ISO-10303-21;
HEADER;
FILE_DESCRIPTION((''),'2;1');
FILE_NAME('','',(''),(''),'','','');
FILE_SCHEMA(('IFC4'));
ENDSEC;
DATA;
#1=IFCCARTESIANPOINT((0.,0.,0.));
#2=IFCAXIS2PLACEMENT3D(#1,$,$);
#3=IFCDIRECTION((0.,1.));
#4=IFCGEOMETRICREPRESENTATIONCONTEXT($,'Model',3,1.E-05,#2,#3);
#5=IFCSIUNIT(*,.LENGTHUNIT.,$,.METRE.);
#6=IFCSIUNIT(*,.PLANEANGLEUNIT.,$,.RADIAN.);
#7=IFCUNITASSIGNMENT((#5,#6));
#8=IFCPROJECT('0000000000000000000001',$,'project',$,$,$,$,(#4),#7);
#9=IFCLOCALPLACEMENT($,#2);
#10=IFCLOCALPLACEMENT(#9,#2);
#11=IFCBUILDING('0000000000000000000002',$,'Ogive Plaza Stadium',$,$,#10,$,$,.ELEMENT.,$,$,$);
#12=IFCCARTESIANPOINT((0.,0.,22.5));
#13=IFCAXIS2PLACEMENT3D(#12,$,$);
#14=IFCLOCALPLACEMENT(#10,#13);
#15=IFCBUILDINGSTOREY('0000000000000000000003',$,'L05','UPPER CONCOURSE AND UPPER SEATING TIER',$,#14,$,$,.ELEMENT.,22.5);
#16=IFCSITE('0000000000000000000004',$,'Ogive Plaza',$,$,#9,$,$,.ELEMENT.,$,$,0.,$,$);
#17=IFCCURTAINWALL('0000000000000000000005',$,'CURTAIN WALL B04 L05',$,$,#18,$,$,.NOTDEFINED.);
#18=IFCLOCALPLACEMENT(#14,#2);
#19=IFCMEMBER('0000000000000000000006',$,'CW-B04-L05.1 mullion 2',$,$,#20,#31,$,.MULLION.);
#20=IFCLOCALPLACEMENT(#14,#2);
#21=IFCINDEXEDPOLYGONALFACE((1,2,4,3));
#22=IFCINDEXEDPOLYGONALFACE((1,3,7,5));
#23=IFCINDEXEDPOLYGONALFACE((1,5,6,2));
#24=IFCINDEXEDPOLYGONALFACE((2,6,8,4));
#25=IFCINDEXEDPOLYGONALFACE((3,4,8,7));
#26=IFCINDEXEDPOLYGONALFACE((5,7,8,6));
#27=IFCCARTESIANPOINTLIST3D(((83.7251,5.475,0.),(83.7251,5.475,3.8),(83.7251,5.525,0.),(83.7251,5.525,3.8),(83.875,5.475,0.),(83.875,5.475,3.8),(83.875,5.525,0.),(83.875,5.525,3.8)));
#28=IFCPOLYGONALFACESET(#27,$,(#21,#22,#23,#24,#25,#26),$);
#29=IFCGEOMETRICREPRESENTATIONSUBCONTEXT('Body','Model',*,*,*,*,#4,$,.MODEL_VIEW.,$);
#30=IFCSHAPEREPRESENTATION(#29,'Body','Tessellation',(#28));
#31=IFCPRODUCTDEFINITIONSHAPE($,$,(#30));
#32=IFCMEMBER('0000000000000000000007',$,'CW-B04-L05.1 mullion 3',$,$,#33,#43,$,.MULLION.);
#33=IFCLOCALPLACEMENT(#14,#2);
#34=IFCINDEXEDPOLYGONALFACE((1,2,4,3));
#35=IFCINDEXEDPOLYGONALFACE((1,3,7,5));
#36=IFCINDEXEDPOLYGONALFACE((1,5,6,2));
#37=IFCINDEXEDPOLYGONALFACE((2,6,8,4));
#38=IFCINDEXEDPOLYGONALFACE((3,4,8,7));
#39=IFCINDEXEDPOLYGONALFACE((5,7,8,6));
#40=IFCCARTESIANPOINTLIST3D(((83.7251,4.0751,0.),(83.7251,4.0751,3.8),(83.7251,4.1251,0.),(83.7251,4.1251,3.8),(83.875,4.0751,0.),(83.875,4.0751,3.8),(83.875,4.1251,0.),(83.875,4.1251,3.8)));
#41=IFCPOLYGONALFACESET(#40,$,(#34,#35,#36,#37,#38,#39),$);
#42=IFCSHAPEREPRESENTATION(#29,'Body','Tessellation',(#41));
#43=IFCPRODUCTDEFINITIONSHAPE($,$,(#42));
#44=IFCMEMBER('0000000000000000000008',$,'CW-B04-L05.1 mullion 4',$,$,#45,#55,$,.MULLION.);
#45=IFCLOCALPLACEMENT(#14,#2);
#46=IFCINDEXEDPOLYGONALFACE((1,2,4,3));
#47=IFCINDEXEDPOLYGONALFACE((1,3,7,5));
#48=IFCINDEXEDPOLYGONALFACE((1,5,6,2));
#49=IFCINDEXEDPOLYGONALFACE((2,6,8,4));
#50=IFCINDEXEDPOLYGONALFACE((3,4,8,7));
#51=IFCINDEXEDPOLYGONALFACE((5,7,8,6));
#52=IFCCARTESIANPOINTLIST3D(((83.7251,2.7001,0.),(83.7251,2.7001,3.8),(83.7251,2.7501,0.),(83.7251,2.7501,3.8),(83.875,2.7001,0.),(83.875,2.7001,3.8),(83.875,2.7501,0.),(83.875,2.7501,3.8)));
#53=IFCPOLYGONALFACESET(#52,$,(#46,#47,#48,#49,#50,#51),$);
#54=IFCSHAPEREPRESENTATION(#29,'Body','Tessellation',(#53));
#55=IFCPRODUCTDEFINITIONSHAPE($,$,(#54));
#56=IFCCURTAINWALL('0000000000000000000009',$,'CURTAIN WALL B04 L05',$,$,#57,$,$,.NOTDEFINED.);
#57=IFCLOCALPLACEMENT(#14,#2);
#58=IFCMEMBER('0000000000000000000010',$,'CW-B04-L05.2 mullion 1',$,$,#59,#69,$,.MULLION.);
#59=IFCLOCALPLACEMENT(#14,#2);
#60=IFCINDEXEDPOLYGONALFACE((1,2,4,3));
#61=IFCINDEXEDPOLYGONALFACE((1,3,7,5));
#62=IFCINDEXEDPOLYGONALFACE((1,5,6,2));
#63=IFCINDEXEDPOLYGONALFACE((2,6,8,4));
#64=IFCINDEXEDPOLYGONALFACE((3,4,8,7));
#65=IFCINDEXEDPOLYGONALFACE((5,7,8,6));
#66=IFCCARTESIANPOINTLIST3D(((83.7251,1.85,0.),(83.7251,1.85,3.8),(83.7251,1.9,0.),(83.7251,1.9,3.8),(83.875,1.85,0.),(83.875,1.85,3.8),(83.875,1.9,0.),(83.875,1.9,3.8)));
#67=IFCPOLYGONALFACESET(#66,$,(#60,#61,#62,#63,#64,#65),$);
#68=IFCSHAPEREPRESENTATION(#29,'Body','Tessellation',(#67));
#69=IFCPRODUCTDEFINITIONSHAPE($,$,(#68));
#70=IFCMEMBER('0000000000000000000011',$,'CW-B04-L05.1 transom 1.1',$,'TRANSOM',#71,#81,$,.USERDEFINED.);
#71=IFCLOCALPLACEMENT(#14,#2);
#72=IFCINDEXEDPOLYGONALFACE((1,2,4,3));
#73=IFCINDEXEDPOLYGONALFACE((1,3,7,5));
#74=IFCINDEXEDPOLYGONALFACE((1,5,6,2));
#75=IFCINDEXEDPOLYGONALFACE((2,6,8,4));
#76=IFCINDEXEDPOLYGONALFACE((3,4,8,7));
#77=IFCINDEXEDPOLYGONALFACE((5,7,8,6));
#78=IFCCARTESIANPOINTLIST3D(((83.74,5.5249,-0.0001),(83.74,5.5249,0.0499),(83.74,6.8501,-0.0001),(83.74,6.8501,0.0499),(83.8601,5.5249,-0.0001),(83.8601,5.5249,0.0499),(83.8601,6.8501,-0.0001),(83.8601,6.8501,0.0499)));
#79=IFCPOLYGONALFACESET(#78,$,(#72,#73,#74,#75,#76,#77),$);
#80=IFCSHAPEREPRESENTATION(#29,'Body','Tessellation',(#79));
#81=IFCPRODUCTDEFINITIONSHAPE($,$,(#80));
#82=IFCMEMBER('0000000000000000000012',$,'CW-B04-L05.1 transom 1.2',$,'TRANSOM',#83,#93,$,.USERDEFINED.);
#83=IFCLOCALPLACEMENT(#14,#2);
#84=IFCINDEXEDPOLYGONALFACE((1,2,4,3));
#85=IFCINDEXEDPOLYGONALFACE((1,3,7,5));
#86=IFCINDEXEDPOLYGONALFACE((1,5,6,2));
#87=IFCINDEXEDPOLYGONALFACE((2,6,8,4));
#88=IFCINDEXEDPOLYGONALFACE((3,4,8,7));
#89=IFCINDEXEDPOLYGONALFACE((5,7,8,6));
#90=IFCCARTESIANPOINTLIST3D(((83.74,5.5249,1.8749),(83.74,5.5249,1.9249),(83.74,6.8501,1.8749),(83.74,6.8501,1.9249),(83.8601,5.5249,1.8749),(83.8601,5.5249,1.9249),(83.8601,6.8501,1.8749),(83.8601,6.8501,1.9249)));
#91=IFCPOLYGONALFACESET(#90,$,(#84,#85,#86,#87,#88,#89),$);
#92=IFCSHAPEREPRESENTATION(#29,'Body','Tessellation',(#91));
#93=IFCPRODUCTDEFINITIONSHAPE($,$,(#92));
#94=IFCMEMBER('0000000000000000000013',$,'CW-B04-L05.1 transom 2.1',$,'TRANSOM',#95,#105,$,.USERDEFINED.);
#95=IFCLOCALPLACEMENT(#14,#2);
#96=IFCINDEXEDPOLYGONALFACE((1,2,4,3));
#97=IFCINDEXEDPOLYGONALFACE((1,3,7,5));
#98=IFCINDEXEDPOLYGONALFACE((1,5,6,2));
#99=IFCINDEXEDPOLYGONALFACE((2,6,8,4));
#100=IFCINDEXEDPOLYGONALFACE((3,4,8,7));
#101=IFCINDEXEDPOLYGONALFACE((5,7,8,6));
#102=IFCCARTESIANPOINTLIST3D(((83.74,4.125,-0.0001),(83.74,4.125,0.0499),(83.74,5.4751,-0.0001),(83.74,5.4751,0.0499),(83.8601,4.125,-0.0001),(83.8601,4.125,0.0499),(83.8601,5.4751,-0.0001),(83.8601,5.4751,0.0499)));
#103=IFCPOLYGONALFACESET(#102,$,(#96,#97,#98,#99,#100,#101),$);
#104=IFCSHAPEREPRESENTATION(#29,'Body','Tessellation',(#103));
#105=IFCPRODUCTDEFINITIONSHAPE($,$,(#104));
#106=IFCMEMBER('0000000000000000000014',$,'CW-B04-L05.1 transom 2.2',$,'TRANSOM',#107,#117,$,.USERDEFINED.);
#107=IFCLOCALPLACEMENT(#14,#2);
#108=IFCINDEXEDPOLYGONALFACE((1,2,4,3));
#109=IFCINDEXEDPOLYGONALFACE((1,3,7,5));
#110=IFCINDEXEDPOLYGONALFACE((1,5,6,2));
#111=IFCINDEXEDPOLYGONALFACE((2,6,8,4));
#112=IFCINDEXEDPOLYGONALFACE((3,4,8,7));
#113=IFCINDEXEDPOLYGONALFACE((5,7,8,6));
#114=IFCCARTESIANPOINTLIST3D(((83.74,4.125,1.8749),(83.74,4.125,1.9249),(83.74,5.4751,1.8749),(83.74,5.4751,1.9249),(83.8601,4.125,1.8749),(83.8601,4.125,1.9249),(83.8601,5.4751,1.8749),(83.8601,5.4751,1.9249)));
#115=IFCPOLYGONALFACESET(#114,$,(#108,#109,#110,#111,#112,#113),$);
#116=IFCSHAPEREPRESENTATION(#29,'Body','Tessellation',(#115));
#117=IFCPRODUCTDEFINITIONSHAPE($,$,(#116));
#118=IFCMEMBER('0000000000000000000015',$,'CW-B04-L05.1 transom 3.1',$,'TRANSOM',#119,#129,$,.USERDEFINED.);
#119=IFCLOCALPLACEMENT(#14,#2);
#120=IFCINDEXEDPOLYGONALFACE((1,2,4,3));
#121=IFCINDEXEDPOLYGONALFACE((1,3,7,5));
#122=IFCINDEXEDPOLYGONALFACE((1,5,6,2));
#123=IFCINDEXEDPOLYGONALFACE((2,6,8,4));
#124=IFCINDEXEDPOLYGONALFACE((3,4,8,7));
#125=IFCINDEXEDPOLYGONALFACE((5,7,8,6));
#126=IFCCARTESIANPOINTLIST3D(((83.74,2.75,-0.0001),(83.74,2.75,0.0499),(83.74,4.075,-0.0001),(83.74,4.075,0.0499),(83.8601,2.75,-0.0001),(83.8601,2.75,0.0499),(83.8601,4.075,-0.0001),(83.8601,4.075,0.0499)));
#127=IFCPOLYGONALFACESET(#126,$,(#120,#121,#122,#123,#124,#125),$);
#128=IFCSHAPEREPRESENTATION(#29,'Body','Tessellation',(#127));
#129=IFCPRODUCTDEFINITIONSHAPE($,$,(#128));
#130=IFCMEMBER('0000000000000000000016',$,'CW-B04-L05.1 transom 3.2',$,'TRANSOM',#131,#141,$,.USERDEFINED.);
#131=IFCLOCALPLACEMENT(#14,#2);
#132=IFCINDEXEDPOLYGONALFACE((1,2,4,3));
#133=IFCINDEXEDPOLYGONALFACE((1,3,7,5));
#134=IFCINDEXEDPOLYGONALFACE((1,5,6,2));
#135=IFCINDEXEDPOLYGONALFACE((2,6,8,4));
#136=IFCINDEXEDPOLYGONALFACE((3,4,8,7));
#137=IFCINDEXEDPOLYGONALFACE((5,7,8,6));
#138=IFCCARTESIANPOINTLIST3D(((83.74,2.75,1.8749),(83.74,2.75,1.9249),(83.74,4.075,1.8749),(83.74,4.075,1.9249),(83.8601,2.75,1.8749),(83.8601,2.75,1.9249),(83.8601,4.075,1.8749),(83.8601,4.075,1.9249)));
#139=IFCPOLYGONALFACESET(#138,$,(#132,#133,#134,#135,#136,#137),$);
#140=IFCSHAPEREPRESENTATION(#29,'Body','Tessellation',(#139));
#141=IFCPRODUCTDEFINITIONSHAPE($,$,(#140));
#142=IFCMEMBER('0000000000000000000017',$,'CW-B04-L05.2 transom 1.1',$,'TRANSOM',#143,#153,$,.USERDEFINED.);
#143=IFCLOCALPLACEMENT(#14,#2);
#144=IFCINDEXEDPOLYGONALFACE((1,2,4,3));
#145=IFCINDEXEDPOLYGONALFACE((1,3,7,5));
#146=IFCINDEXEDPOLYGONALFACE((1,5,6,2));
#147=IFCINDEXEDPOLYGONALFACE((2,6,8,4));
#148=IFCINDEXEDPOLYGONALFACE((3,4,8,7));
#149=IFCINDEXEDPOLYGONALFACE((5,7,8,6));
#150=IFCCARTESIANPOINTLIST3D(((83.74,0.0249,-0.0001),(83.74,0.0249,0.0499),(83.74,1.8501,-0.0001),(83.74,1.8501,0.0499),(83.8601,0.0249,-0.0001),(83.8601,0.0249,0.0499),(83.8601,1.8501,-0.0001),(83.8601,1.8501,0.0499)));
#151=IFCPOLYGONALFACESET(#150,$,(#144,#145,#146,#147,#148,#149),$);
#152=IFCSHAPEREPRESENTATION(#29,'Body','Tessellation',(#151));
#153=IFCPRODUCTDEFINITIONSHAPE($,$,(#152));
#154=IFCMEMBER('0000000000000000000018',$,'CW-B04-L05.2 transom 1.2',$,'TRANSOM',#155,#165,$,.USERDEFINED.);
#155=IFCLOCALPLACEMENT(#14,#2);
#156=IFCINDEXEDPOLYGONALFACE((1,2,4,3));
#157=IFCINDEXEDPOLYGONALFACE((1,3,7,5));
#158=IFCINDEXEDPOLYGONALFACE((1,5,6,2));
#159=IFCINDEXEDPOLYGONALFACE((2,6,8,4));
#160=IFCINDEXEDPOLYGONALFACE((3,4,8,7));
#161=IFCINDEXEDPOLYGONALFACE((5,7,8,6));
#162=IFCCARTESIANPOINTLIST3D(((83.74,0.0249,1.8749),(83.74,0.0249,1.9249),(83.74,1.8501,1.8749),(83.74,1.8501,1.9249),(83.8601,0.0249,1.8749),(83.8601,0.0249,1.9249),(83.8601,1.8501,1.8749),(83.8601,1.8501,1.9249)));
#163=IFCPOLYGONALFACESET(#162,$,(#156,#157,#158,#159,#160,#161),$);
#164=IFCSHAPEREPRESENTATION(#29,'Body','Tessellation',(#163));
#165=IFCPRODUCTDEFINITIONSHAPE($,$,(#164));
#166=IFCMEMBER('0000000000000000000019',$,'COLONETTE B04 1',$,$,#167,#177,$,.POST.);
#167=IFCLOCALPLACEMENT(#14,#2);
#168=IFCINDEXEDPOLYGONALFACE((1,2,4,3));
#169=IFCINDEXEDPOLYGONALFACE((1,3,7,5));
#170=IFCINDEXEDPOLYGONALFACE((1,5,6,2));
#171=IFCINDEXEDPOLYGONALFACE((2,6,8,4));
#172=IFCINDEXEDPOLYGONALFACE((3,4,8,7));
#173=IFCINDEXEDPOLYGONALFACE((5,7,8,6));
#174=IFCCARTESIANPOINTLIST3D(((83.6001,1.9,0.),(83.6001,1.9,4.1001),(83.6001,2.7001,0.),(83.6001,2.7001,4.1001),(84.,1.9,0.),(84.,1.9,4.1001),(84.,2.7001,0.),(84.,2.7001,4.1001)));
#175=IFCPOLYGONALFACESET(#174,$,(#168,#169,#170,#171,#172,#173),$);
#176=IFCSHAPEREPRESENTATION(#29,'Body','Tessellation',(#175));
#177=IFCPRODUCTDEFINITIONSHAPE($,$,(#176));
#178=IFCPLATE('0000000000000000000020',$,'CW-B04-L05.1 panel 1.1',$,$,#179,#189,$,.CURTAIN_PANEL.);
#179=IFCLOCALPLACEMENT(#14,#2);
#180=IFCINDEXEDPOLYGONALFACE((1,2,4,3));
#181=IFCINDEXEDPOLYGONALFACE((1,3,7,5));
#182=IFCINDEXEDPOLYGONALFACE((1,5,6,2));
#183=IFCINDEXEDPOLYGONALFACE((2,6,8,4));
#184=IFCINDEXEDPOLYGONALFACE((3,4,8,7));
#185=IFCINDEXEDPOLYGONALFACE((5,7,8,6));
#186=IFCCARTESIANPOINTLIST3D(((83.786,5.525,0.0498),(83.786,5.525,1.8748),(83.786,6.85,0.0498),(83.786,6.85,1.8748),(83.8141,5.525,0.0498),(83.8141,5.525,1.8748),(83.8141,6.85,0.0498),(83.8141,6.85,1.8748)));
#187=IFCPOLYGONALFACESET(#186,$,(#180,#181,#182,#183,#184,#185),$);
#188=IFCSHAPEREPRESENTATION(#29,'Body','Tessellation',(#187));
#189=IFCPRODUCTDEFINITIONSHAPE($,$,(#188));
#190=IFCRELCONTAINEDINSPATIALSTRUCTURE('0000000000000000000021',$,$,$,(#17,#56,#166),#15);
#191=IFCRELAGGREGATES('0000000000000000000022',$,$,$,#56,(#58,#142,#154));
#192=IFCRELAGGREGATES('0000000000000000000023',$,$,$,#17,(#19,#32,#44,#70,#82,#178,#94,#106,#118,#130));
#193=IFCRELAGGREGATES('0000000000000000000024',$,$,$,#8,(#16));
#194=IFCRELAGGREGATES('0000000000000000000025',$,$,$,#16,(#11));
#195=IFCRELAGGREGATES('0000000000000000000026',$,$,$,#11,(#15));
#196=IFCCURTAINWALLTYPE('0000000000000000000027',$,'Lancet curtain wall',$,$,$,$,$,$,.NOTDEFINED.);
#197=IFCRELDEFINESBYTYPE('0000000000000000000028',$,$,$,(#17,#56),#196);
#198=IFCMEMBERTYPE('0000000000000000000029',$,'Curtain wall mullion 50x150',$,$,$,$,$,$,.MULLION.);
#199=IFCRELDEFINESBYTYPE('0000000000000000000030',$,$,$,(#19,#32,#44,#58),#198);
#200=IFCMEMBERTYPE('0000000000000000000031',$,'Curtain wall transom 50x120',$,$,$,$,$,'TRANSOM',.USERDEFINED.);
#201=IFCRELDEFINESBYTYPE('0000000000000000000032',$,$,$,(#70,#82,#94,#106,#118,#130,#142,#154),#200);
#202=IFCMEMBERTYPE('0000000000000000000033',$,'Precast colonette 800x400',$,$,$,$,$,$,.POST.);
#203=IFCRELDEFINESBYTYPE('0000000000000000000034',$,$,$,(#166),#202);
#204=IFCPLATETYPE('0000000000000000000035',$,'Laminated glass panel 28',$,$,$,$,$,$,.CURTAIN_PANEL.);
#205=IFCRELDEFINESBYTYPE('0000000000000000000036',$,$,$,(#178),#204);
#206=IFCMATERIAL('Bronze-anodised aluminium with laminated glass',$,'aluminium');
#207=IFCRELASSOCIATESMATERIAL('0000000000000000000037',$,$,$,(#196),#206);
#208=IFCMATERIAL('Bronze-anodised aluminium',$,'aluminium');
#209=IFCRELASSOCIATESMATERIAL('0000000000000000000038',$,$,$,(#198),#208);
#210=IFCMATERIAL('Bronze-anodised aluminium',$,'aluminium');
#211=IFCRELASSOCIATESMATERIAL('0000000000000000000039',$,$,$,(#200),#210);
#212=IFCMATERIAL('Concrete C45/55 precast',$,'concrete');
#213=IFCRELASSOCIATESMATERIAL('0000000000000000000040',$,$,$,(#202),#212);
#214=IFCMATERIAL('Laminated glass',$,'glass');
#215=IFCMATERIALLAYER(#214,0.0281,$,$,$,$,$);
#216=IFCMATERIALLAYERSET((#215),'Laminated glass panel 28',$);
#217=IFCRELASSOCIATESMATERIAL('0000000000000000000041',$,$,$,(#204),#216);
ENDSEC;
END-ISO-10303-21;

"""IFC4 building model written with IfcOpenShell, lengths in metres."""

from ifc_helpers import new_model, si_unit, direction, frame, origin, origin_2d, place, context, subcontext, project, spatial, rectangle, extrude, material, layer, layer_set, material_profile, profile_set, type_object, element, aggregate, save


model = new_model("IFC4")

# Units and contexts
model_context = context("Model", 3, precision=1e-05, world=origin(), true_north=direction((0.0, 1.0)))
body_context = subcontext(model_context, "Body", "Model", "MODEL_VIEW")
ifc_project = project(units=[si_unit("LENGTHUNIT", "METRE"), si_unit("PLANEANGLEUNIT", "RADIAN")], contexts=[model_context])

# Site, building, storey
site_placement = place(None, origin())
site = spatial("IfcSite", under=ifc_project, at=site_placement, Name="Ogive Plaza", CompositionType="ELEMENT", RefElevation=0.0)
building_placement = place(site_placement, origin())
building = spatial("IfcBuilding", under=site, at=building_placement, Name="Ogive Plaza Stadium", CompositionType="ELEMENT")
storey_placement = place(building_placement, frame((0.0, 0.0, 22.5)))
storey = spatial("IfcBuildingStorey", under=building, at=storey_placement, Name="L05", Description="UPPER CONCOURSE AND UPPER SEATING TIER", CompositionType="ELEMENT", Elevation=22.5)

# Curtain wall, members
ifc_material_1 = material(Name="Bronze-anodised aluminium with laminated glass", Category="aluminium")
curtain_wall_type = type_object("IfcCurtainWallType", Name="Lancet curtain wall", PredefinedType="NOTDEFINED", material=ifc_material_1)
curtain_wall_1_placement = place(storey_placement, origin())
curtain_wall_1 = element("IfcCurtainWall", 1, at=curtain_wall_1_placement, inside=storey, type_object=curtain_wall_type, Name="CURTAIN WALL B04 L05", PredefinedType="NOTDEFINED")
ifc_material_2 = material(Name="Bronze-anodised aluminium", Category="aluminium")
ifc_material_profile_1 = material_profile(ifc_material_2, rectangle(XDim=0.1499, YDim=0.05, at=origin_2d()), Name="AL 150x50")
ifc_profile_set_1 = profile_set([ifc_material_profile_1], Name="Bronze-anodised aluminium")
member_type_1 = type_object("IfcMemberType", Name="Curtain wall mullion 50x150", PredefinedType="MULLION", material=ifc_profile_set_1)
member_1_placement = place(storey_placement, frame((83.8, 5.5, 0.0), z_axis=(0.0, 0.0, 1.0), x_axis=(1.0, 0.0, 0.0)))
member_1 = element("IfcMember", 2, at=member_1_placement, type_object=member_type_1, Name="CW-B04-L05.1 mullion 2", PredefinedType="MULLION", context=body_context, shape_type="SweptSolid", body=[
    extrude(rectangle(XDim=0.1499, YDim=0.05, at=origin_2d()), origin(), (0.0, 0.0, 1.0), 3.8),
])
member_2_placement = place(storey_placement, frame((83.8, 4.1001, 0.0), z_axis=(0.0, 0.0, 1.0), x_axis=(1.0, 0.0, 0.0)))
member_2 = element("IfcMember", 3, at=member_2_placement, type_object=member_type_1, Name="CW-B04-L05.1 mullion 3", PredefinedType="MULLION", context=body_context, shape_type="SweptSolid", body=[
    extrude(rectangle(XDim=0.1499, YDim=0.05, at=origin_2d()), origin(), (0.0, 0.0, 1.0), 3.8),
])
member_3_placement = place(storey_placement, frame((83.8, 2.7251, 0.0), z_axis=(0.0, 0.0, 1.0), x_axis=(1.0, 0.0, 0.0)))
member_3 = element("IfcMember", 4, at=member_3_placement, type_object=member_type_1, Name="CW-B04-L05.1 mullion 4", PredefinedType="MULLION", context=body_context, shape_type="SweptSolid", body=[
    extrude(rectangle(XDim=0.1499, YDim=0.05, at=origin_2d()), origin(), (0.0, 0.0, 1.0), 3.8),
])

# Curtain wall, member
curtain_wall_2_placement = place(storey_placement, origin())
curtain_wall_2 = element("IfcCurtainWall", 5, at=curtain_wall_2_placement, inside=storey, type_object=curtain_wall_type, Name="CURTAIN WALL B04 L05", PredefinedType="NOTDEFINED")
member_4_placement = place(storey_placement, frame((83.8, 1.875, 0.0), z_axis=(0.0, 0.0, 1.0), x_axis=(1.0, 0.0, 0.0)))
member_4 = element("IfcMember", 6, at=member_4_placement, type_object=member_type_1, Name="CW-B04-L05.2 mullion 1", PredefinedType="MULLION", context=body_context, shape_type="SweptSolid", body=[
    extrude(rectangle(XDim=0.1499, YDim=0.05, at=origin_2d()), origin(), (0.0, 0.0, 1.0), 3.8),
])

# Members
ifc_material_3 = material(Name="Bronze-anodised aluminium", Category="aluminium")
ifc_material_profile_2 = material_profile(ifc_material_3, rectangle(XDim=0.1201, YDim=0.05, at=origin_2d()), Name="AL 120x50")
ifc_profile_set_2 = profile_set([ifc_material_profile_2], Name="Bronze-anodised aluminium")
member_type_2 = type_object("IfcMemberType", Name="Curtain wall transom 50x120", ElementType="TRANSOM", PredefinedType="USERDEFINED", material=ifc_profile_set_2)
member_5_placement = place(storey_placement, frame((83.8, 6.8501, 0.0249), z_axis=(0.0, -1.0, 0.0), x_axis=(1.0, 0.0, 0.0)))
member_5 = element("IfcMember", 7, at=member_5_placement, type_object=member_type_2, Name="CW-B04-L05.1 transom 1.1", ObjectType="TRANSOM", PredefinedType="USERDEFINED", context=body_context, shape_type="SweptSolid", body=[
    extrude(rectangle(XDim=0.1201, YDim=0.05, at=origin_2d()), origin(), (0.0, 0.0, 1.0), 1.3252),
])
member_6_placement = place(storey_placement, frame((83.8, 6.8501, 1.8999), z_axis=(0.0, -1.0, 0.0), x_axis=(1.0, 0.0, 0.0)))
member_6 = element("IfcMember", 8, at=member_6_placement, type_object=member_type_2, Name="CW-B04-L05.1 transom 1.2", ObjectType="TRANSOM", PredefinedType="USERDEFINED", context=body_context, shape_type="SweptSolid", body=[
    extrude(rectangle(XDim=0.1201, YDim=0.05, at=origin_2d()), origin(), (0.0, 0.0, 1.0), 1.3252),
])
member_7_placement = place(storey_placement, frame((83.8, 5.4751, 0.0249), z_axis=(0.0, -1.0, 0.0), x_axis=(1.0, 0.0, 0.0)))
member_7 = element("IfcMember", 9, at=member_7_placement, type_object=member_type_2, Name="CW-B04-L05.1 transom 2.1", ObjectType="TRANSOM", PredefinedType="USERDEFINED", context=body_context, shape_type="SweptSolid", body=[
    extrude(rectangle(XDim=0.1201, YDim=0.05, at=origin_2d()), origin(), (0.0, 0.0, 1.0), 1.3501),
])
member_8_placement = place(storey_placement, frame((83.8, 5.4751, 1.8999), z_axis=(0.0, -1.0, 0.0), x_axis=(1.0, 0.0, 0.0)))
member_8 = element("IfcMember", 10, at=member_8_placement, type_object=member_type_2, Name="CW-B04-L05.1 transom 2.2", ObjectType="TRANSOM", PredefinedType="USERDEFINED", context=body_context, shape_type="SweptSolid", body=[
    extrude(rectangle(XDim=0.1201, YDim=0.05, at=origin_2d()), origin(), (0.0, 0.0, 1.0), 1.3501),
])
member_9_placement = place(storey_placement, frame((83.8, 4.075, 0.0249), z_axis=(0.0, -1.0, 0.0), x_axis=(1.0, 0.0, 0.0)))
member_9 = element("IfcMember", 11, at=member_9_placement, type_object=member_type_2, Name="CW-B04-L05.1 transom 3.1", ObjectType="TRANSOM", PredefinedType="USERDEFINED", context=body_context, shape_type="SweptSolid", body=[
    extrude(rectangle(XDim=0.1201, YDim=0.05, at=origin_2d()), origin(), (0.0, 0.0, 1.0), 1.325),
])
member_10_placement = place(storey_placement, frame((83.8, 4.075, 1.8999), z_axis=(0.0, -1.0, 0.0), x_axis=(1.0, 0.0, 0.0)))
member_10 = element("IfcMember", 12, at=member_10_placement, type_object=member_type_2, Name="CW-B04-L05.1 transom 3.2", ObjectType="TRANSOM", PredefinedType="USERDEFINED", context=body_context, shape_type="SweptSolid", body=[
    extrude(rectangle(XDim=0.1201, YDim=0.05, at=origin_2d()), origin(), (0.0, 0.0, 1.0), 1.325),
])
member_11_placement = place(storey_placement, frame((83.8, 1.8501, 0.0249), z_axis=(0.0, -1.0, 0.0), x_axis=(1.0, 0.0, 0.0)))
member_11 = element("IfcMember", 13, at=member_11_placement, type_object=member_type_2, Name="CW-B04-L05.2 transom 1.1", ObjectType="TRANSOM", PredefinedType="USERDEFINED", context=body_context, shape_type="SweptSolid", body=[
    extrude(rectangle(XDim=0.1201, YDim=0.05, at=origin_2d()), origin(), (0.0, 0.0, 1.0), 1.8252),
])
member_12_placement = place(storey_placement, frame((83.8, 1.8501, 1.8999), z_axis=(0.0, -1.0, 0.0), x_axis=(1.0, 0.0, 0.0)))
member_12 = element("IfcMember", 14, at=member_12_placement, type_object=member_type_2, Name="CW-B04-L05.2 transom 1.2", ObjectType="TRANSOM", PredefinedType="USERDEFINED", context=body_context, shape_type="SweptSolid", body=[
    extrude(rectangle(XDim=0.1201, YDim=0.05, at=origin_2d()), origin(), (0.0, 0.0, 1.0), 1.8252),
])
aggregate(curtain_wall_2, [member_4, member_11, member_12])
ifc_material_4 = material(Name="Concrete C45/55 precast", Category="concrete")
ifc_material_profile_3 = material_profile(ifc_material_4, rectangle(XDim=0.3999, YDim=0.8, at=origin_2d()), Name="RC 400x800")
ifc_profile_set_3 = profile_set([ifc_material_profile_3], Name="Concrete C45/55 precast")
member_type_3 = type_object("IfcMemberType", Name="Precast colonette 800x400", PredefinedType="POST", material=ifc_profile_set_3)
member_13_placement = place(storey_placement, frame((83.8, 2.3, 0.0), z_axis=(0.0, 0.0, 1.0), x_axis=(1.0, 0.0, 0.0)))
element("IfcMember", 15, at=member_13_placement, inside=storey, type_object=member_type_3, Name="COLONETTE B04 1", PredefinedType="POST", context=body_context, shape_type="SweptSolid", body=[
    extrude(rectangle(XDim=0.3999, YDim=0.8, at=origin_2d()), origin(), (0.0, 0.0, 1.0), 4.1001),
])

# Plate
ifc_material_5 = material(Name="Laminated glass", Category="glass")
ifc_layer_1 = layer(ifc_material_5, 0.0281)
ifc_layer_set_1 = layer_set([ifc_layer_1], Name="Laminated glass panel 28")
plate_type = type_object("IfcPlateType", Name="Laminated glass panel 28", PredefinedType="CURTAIN_PANEL", material=ifc_layer_set_1)
plate_1_placement = place(storey_placement, frame((83.8, 6.1875, 0.0498), z_axis=(0.0, 0.0, 1.0), x_axis=(0.0, -1.0, 0.0)))
plate_1 = element("IfcPlate", 16, at=plate_1_placement, type_object=plate_type, Name="CW-B04-L05.1 panel 1.1", PredefinedType="CURTAIN_PANEL", context=body_context, shape_type="SweptSolid", body=[
    extrude(rectangle(XDim=1.325, YDim=0.0281, at=origin_2d()), origin(), (0.0, 0.0, 1.0), 1.825),
])
aggregate(curtain_wall_1, [member_1, member_2, member_3, member_5, member_6, plate_1, member_7, member_8, member_9, member_10])

save(model, "model.ifc")
